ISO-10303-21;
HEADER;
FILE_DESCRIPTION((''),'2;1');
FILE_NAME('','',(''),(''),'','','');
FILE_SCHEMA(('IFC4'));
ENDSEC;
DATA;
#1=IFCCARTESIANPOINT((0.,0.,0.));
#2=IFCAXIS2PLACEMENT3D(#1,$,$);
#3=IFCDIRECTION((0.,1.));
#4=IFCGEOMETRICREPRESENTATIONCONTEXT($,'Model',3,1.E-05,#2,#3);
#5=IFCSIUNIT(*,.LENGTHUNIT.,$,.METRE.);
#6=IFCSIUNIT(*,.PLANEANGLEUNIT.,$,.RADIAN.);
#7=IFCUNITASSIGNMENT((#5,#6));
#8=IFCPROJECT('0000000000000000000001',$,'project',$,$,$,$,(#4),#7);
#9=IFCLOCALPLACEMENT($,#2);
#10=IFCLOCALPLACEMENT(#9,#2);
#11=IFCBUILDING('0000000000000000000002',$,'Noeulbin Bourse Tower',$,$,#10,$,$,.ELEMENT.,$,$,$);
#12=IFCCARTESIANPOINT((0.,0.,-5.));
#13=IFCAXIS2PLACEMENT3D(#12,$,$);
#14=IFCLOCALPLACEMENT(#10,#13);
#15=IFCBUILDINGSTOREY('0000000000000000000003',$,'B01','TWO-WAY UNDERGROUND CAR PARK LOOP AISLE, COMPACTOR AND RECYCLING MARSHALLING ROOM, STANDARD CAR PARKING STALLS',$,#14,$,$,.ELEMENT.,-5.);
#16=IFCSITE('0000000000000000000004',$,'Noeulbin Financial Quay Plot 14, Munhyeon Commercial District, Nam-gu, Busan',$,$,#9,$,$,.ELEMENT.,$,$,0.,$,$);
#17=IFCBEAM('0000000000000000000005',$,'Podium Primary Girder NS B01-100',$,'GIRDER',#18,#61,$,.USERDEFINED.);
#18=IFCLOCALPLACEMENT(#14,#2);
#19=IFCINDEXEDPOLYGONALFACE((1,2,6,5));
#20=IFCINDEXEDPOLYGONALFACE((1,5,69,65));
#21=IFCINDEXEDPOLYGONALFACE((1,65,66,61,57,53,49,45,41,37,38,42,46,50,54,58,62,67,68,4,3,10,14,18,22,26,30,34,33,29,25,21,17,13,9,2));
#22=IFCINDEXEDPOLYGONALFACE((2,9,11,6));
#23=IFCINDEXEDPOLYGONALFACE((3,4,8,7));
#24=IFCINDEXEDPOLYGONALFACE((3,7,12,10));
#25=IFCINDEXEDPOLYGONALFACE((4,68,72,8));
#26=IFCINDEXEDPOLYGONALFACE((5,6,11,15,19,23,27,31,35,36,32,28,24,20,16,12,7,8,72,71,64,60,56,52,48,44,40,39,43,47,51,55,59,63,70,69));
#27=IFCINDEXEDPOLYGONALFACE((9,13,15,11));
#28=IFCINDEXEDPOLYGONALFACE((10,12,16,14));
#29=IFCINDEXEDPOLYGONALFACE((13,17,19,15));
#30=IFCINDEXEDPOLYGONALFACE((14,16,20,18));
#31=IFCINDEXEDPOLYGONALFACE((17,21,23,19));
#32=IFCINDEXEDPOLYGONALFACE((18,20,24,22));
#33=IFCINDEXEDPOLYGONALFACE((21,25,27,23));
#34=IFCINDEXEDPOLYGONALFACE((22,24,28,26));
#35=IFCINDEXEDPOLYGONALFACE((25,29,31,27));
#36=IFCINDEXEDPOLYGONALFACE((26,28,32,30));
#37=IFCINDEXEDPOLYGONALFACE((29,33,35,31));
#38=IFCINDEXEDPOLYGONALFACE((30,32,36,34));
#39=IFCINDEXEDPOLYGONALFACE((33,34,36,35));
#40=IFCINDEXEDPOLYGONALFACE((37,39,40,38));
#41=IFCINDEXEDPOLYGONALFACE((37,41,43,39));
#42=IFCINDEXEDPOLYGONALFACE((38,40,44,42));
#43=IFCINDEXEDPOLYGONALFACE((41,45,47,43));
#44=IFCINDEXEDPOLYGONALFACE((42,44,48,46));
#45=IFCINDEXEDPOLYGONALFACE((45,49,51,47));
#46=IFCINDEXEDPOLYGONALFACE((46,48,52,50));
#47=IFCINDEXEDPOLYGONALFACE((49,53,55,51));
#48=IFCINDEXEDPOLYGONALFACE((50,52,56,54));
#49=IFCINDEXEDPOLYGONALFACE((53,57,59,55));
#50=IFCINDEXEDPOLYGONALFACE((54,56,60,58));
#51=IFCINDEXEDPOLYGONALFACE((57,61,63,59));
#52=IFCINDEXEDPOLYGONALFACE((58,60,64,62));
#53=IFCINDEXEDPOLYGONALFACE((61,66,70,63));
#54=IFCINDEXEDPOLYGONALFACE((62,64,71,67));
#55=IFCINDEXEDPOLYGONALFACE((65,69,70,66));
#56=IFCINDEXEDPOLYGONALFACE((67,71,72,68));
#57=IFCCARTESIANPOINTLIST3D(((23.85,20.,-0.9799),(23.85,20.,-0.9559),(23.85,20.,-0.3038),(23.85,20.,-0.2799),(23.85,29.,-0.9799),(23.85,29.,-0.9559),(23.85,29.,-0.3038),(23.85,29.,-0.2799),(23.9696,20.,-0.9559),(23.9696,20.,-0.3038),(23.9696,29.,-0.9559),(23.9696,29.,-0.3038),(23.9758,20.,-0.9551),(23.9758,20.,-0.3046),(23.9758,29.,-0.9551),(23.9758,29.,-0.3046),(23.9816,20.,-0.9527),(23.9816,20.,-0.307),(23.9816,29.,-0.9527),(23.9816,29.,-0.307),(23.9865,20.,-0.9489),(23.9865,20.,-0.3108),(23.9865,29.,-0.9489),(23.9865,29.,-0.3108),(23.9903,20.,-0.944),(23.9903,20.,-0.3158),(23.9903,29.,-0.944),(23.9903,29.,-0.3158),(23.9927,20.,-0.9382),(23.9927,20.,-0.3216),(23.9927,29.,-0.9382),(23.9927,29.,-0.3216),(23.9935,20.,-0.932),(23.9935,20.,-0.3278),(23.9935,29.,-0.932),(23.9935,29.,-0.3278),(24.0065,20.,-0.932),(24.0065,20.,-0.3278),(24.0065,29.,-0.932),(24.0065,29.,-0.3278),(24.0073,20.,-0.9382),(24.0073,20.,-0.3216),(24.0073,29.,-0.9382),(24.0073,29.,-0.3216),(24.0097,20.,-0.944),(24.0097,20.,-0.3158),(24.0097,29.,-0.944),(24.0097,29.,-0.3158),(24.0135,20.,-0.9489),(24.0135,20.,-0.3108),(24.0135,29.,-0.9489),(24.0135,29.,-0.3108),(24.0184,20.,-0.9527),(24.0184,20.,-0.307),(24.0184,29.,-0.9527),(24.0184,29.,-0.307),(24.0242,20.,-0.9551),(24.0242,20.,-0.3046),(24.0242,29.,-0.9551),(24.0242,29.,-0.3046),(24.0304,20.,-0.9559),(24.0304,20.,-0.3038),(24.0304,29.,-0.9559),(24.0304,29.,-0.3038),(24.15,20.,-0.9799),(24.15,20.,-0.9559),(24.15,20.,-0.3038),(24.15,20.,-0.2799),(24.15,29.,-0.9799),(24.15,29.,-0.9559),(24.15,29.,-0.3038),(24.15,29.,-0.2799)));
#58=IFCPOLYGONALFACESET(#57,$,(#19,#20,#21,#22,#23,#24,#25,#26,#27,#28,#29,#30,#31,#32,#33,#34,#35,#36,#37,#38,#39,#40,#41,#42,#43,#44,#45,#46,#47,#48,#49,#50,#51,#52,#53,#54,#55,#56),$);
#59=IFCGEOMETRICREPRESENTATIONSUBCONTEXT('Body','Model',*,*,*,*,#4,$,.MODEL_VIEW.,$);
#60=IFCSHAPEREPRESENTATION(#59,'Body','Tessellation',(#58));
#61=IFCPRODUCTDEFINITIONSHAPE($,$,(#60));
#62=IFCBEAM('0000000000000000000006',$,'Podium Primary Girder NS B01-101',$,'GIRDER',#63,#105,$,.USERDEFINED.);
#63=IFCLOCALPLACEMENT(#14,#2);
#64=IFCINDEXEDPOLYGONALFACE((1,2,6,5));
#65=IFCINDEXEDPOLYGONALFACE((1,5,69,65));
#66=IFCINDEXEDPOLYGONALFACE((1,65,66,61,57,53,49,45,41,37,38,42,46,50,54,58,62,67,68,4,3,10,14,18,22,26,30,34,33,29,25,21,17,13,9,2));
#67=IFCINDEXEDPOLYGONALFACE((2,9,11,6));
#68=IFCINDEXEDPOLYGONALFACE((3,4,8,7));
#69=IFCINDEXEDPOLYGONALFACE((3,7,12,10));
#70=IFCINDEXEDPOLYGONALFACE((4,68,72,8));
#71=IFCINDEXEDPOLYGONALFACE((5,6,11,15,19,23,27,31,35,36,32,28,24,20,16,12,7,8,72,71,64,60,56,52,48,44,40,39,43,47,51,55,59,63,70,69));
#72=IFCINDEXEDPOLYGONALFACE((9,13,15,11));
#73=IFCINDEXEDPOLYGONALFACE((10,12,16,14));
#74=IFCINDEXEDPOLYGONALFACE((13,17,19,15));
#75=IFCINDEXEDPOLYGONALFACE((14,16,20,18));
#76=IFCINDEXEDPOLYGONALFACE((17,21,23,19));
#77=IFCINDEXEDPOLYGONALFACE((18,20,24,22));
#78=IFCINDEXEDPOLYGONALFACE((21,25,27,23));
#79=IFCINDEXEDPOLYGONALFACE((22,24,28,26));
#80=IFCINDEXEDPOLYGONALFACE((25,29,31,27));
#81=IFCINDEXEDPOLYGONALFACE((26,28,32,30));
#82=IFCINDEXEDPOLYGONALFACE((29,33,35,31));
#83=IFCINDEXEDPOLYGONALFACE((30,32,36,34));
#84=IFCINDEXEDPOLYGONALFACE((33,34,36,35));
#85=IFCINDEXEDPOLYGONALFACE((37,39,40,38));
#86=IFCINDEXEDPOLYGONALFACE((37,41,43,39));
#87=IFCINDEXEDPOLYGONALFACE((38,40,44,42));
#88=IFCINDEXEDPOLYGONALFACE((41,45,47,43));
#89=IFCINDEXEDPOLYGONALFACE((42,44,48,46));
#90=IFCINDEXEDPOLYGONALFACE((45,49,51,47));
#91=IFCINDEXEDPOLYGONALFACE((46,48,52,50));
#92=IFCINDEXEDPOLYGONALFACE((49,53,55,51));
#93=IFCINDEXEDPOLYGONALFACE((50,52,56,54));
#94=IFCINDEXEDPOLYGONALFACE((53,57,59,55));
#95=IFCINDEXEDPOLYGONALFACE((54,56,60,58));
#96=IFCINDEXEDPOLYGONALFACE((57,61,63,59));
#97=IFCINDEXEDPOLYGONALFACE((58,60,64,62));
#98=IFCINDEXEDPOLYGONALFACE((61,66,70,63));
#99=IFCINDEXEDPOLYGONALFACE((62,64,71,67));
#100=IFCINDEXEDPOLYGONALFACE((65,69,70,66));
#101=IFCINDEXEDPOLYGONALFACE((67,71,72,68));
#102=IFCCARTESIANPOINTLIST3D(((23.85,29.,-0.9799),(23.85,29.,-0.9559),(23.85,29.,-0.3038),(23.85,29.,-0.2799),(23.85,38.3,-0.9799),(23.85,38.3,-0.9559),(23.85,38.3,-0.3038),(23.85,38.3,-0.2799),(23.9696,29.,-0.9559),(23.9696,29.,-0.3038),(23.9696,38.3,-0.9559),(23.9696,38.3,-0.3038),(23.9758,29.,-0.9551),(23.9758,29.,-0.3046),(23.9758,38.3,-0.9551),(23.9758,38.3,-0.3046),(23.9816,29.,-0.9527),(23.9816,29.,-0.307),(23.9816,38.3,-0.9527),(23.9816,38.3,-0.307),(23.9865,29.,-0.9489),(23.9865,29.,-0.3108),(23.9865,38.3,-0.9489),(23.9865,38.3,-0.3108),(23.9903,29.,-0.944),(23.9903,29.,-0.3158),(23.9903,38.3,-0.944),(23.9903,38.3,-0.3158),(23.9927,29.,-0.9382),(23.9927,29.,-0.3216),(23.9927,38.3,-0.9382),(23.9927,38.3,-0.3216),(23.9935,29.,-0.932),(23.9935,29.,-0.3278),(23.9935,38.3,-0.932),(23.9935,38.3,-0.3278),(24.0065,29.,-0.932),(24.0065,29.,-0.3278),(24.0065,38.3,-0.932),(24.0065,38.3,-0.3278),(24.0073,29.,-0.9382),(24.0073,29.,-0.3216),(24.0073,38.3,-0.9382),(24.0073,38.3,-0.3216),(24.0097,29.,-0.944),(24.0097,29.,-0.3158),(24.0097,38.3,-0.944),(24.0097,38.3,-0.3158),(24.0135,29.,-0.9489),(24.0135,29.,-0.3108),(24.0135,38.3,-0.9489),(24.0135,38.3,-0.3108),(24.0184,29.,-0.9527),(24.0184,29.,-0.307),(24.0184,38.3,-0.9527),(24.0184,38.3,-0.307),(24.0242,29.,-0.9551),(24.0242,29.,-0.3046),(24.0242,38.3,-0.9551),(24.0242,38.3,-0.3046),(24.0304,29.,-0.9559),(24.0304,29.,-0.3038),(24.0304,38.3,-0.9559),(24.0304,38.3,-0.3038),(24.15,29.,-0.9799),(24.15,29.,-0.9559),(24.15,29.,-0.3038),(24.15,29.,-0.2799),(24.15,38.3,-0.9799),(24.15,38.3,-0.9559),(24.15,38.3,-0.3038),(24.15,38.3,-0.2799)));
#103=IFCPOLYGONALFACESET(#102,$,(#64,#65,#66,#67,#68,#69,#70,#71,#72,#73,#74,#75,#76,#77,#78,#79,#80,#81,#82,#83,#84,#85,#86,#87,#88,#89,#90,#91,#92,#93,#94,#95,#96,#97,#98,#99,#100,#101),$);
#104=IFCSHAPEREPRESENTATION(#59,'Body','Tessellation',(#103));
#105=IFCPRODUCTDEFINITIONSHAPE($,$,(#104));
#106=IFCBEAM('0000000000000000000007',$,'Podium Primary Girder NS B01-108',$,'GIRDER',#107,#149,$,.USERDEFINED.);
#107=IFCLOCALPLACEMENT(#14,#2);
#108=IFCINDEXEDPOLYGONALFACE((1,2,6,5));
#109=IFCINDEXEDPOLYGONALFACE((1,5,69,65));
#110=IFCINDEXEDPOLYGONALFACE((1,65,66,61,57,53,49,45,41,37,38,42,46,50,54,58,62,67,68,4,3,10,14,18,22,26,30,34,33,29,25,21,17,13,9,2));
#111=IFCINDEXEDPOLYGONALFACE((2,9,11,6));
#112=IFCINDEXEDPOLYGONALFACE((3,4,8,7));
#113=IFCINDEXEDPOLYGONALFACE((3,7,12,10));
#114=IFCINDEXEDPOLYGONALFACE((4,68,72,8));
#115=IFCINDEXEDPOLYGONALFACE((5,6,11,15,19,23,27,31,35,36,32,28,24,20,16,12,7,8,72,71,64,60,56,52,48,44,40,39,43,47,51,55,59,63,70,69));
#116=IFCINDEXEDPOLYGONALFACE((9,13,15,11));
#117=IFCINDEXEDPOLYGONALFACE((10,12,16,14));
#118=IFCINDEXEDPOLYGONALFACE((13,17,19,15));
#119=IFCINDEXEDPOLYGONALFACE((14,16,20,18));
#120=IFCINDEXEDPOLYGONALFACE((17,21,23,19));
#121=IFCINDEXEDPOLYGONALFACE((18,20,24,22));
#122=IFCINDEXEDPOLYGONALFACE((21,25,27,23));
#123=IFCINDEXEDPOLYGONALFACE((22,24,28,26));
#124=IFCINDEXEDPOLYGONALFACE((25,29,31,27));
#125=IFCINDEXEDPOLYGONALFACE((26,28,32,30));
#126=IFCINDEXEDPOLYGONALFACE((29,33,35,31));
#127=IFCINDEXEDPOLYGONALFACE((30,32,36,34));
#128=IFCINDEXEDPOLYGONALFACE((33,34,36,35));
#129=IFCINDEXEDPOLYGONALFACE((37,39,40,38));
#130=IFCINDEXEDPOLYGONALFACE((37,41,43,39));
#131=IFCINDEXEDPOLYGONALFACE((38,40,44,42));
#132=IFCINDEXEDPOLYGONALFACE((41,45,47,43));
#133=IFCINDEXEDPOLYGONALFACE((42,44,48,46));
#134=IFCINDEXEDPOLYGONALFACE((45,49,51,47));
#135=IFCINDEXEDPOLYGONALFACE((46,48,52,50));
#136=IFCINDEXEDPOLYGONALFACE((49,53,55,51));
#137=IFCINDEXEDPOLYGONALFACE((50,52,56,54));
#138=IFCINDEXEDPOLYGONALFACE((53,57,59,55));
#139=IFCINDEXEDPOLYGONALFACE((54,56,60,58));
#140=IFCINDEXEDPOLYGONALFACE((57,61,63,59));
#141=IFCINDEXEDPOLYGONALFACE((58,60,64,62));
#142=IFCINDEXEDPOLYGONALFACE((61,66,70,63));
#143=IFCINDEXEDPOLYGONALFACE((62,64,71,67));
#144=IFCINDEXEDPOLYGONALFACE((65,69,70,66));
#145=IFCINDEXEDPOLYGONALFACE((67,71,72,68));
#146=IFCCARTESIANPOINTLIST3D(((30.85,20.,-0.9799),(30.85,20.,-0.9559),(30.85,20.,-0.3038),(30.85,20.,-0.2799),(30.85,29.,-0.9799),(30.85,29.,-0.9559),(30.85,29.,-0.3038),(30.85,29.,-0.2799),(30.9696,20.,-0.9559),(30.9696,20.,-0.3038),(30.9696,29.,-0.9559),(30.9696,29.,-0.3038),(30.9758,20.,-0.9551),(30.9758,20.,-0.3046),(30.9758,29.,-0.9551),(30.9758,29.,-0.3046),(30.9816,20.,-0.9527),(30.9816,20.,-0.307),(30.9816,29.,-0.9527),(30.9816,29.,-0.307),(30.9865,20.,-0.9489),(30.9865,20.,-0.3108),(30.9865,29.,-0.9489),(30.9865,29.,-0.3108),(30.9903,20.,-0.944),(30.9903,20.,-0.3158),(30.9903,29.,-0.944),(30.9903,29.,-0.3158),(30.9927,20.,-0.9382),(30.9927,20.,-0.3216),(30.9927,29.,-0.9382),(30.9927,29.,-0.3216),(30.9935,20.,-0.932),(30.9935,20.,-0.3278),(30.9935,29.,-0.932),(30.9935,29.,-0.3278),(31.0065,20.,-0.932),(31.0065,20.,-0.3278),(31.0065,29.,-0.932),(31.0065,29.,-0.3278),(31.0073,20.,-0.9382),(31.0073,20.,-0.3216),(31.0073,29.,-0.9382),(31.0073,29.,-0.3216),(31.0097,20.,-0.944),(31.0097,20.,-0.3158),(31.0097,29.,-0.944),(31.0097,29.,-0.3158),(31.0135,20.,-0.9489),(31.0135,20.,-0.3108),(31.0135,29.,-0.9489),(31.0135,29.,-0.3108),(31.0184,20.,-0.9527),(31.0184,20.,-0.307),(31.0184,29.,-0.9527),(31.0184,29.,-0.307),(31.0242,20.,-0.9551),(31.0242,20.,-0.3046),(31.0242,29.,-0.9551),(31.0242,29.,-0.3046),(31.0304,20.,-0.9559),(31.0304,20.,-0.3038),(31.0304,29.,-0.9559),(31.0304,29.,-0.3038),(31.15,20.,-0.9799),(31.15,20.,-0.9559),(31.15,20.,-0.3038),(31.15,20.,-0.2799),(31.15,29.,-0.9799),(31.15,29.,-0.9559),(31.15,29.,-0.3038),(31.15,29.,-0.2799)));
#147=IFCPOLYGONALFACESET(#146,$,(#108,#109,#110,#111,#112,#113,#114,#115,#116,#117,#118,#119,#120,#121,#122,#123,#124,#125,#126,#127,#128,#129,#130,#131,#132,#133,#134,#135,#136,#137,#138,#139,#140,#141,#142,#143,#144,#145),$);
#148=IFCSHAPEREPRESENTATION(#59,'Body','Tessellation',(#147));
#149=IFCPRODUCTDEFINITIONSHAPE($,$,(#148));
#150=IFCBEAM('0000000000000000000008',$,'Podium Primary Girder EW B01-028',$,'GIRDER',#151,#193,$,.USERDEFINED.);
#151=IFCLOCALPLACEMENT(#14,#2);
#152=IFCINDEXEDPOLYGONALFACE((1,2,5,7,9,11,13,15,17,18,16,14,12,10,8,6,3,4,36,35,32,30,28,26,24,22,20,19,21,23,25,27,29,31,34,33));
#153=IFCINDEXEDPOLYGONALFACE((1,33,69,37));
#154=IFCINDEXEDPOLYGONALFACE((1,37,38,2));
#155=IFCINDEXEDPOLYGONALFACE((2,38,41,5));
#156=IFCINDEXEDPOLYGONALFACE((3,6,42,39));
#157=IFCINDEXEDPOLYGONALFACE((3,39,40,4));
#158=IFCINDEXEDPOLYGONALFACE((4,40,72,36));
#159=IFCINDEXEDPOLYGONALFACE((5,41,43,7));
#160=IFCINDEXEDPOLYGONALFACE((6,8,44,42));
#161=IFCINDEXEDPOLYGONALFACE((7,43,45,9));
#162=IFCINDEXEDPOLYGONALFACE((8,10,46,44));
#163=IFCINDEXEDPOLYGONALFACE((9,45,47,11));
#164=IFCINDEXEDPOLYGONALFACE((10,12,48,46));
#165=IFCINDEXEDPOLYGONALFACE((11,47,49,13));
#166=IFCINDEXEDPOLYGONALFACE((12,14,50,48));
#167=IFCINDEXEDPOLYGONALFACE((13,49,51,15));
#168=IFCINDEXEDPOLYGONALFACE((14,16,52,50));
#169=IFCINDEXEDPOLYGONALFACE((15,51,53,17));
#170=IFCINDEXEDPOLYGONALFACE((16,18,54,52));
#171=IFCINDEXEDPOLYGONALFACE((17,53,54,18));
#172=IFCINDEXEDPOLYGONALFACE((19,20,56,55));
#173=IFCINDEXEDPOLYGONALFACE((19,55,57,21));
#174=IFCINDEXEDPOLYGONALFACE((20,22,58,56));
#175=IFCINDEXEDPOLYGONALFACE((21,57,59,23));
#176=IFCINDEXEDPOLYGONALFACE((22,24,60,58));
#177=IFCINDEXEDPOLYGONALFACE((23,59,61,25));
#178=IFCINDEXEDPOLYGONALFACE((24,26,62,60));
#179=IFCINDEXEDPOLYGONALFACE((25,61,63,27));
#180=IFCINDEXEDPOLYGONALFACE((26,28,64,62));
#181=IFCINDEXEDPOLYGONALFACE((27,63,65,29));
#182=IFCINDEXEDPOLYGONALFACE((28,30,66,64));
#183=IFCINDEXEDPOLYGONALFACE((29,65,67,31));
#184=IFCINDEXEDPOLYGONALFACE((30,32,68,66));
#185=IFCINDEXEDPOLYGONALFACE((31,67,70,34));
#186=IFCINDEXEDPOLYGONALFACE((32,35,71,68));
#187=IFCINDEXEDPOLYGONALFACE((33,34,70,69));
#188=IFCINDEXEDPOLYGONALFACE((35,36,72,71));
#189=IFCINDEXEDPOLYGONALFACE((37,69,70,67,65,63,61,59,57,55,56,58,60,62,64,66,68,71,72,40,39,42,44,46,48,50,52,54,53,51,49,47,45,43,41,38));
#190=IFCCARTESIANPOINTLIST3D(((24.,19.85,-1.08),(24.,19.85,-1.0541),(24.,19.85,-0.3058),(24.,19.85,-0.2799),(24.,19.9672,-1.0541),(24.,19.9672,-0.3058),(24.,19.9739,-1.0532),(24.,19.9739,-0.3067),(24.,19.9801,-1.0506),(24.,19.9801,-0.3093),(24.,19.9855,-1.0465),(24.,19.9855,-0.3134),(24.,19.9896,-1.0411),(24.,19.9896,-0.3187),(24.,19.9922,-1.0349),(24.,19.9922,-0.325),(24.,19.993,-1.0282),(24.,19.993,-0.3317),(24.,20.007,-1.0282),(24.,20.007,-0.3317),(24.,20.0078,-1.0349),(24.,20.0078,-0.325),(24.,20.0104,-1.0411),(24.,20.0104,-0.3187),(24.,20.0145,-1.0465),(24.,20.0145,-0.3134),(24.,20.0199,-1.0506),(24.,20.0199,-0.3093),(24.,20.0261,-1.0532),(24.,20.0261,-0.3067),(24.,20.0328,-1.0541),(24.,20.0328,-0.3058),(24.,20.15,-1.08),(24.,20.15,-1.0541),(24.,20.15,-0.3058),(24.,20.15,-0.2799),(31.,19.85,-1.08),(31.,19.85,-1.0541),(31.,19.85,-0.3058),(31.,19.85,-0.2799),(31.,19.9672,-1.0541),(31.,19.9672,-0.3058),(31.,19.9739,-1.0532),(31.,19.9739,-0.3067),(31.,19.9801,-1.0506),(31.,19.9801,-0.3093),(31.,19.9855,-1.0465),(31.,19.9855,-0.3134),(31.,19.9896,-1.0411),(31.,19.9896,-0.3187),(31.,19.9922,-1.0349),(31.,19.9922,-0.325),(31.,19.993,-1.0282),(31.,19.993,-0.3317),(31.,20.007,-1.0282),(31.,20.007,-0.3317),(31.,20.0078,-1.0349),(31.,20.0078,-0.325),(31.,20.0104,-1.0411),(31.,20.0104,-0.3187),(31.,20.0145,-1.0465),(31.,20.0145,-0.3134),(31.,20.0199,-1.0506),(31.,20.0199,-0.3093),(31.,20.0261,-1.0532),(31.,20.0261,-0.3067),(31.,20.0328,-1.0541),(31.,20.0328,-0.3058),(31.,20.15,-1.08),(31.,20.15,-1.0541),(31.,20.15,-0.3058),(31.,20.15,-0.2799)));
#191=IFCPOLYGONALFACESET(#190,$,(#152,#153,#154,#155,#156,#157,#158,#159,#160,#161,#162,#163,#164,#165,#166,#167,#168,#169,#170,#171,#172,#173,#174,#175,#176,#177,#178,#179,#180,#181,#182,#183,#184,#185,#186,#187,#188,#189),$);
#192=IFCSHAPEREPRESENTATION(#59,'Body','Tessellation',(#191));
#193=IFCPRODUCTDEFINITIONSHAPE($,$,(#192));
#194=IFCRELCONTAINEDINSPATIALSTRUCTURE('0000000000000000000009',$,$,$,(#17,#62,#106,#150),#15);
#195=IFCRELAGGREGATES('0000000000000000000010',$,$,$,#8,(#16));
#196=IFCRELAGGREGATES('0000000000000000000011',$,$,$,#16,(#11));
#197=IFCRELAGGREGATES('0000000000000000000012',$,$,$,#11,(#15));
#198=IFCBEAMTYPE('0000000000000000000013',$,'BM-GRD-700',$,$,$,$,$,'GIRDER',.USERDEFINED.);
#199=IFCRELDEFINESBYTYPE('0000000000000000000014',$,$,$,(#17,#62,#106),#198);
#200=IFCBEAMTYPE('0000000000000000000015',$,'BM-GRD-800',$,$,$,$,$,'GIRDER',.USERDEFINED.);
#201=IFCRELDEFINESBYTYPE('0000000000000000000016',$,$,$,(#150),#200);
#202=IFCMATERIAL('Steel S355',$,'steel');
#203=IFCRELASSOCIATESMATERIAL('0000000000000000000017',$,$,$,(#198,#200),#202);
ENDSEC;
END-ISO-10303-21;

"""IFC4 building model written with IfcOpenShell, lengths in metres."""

from ifc_helpers import new_model, si_unit, direction, frame, origin, origin_2d, place, context, subcontext, project, spatial, i_section, extrude, material, material_profile, profile_set, type_object, element, save


model = new_model("IFC4")

# Units and contexts
model_context = context("Model", 3, precision=1e-05, world=origin(), true_north=direction((0.0, 1.0)))
body_context = subcontext(model_context, "Body", "Model", "MODEL_VIEW")
ifc_project = project(units=[si_unit("LENGTHUNIT", "METRE"), si_unit("PLANEANGLEUNIT", "RADIAN")], contexts=[model_context])

# Site, building, storey
site_placement = place(None, origin())
site = spatial("IfcSite", under=ifc_project, at=site_placement, Name="Noeulbin Financial Quay Plot 14, Munhyeon Commercial District, Nam-gu, Busan", CompositionType="ELEMENT", RefElevation=0.0)
building_placement = place(site_placement, origin())
building = spatial("IfcBuilding", under=site, at=building_placement, Name="Noeulbin Bourse Tower", CompositionType="ELEMENT")
storey_placement = place(building_placement, frame((0.0, 0.0, -5.0)))
storey = spatial("IfcBuildingStorey", under=building, at=storey_placement, Name="B01", Description="TWO-WAY UNDERGROUND CAR PARK LOOP AISLE, COMPACTOR AND RECYCLING MARSHALLING ROOM, STANDARD CAR PARKING STALLS", CompositionType="ELEMENT", Elevation=-5.0)

# Beams
ifc_material_1 = material(Name="Steel S355", Category="steel")
ifc_material_profile_1 = material_profile(ifc_material_1, i_section(OverallWidth=0.3, OverallDepth=0.7, WebThickness=0.0129, FlangeThickness=0.0239, FilletRadius=0.0239, at=origin_2d()), Name="H-700x300x13x24", Category="LoadBearing")
ifc_profile_set_1 = profile_set([ifc_material_profile_1], Name="Steel S355")
beam_type_1 = type_object("IfcBeamType", Name="BM-GRD-700", ElementType="GIRDER", PredefinedType="USERDEFINED", material=ifc_profile_set_1)
beam_1_placement = place(storey_placement, frame((24.0, 20.0, -0.6299), z_axis=(0.0, 1.0, 0.0), x_axis=(-1.0, 0.0, 0.0)))
element("IfcBeam", 1, at=beam_1_placement, inside=storey, type_object=beam_type_1, Name="Podium Primary Girder NS B01-100", ObjectType="GIRDER", PredefinedType="USERDEFINED", context=body_context, shape_type="SweptSolid", body=[
    extrude(i_section(OverallWidth=0.3, OverallDepth=0.7, WebThickness=0.0129, FlangeThickness=0.0239, FilletRadius=0.0239, at=origin_2d()), origin(), (0.0, 0.0, 1.0), 9.0),
])
beam_2_placement = place(storey_placement, frame((24.0, 29.0, -0.6299), z_axis=(0.0, 1.0, 0.0), x_axis=(-1.0, 0.0, 0.0)))
element("IfcBeam", 2, at=beam_2_placement, inside=storey, type_object=beam_type_1, Name="Podium Primary Girder NS B01-101", ObjectType="GIRDER", PredefinedType="USERDEFINED", context=body_context, shape_type="SweptSolid", body=[
    extrude(i_section(OverallWidth=0.3, OverallDepth=0.7, WebThickness=0.0129, FlangeThickness=0.0239, FilletRadius=0.0239, at=origin_2d()), origin(), (0.0, 0.0, 1.0), 9.3),
])
beam_3_placement = place(storey_placement, frame((31.0, 20.0, -0.6299), z_axis=(0.0, 1.0, 0.0), x_axis=(-1.0, 0.0, 0.0)))
element("IfcBeam", 3, at=beam_3_placement, inside=storey, type_object=beam_type_1, Name="Podium Primary Girder NS B01-108", ObjectType="GIRDER", PredefinedType="USERDEFINED", context=body_context, shape_type="SweptSolid", body=[
    extrude(i_section(OverallWidth=0.3, OverallDepth=0.7, WebThickness=0.0129, FlangeThickness=0.0239, FilletRadius=0.0239, at=origin_2d()), origin(), (0.0, 0.0, 1.0), 9.0),
])
ifc_material_profile_2 = material_profile(ifc_material_1, i_section(OverallWidth=0.3, OverallDepth=0.8, WebThickness=0.0139, FlangeThickness=0.0259, FilletRadius=0.0259, at=origin_2d()), Name="H-800x300x14x26", Category="LoadBearing")
ifc_profile_set_2 = profile_set([ifc_material_profile_2], Name="Steel S355")
beam_type_2 = type_object("IfcBeamType", Name="BM-GRD-800", ElementType="GIRDER", PredefinedType="USERDEFINED", material=ifc_profile_set_2)
beam_4_placement = place(storey_placement, frame((24.0, 20.0, -0.6799), z_axis=(1.0, 0.0, 0.0), x_axis=(0.0, 1.0, 0.0)))
element("IfcBeam", 4, at=beam_4_placement, inside=storey, type_object=beam_type_2, Name="Podium Primary Girder EW B01-028", ObjectType="GIRDER", PredefinedType="USERDEFINED", context=body_context, shape_type="SweptSolid", body=[
    extrude(i_section(OverallWidth=0.3, OverallDepth=0.8, WebThickness=0.0139, FlangeThickness=0.0259, FilletRadius=0.0259, at=origin_2d()), origin(), (0.0, 0.0, 1.0), 7.0),
])

save(model, "model.ifc")
